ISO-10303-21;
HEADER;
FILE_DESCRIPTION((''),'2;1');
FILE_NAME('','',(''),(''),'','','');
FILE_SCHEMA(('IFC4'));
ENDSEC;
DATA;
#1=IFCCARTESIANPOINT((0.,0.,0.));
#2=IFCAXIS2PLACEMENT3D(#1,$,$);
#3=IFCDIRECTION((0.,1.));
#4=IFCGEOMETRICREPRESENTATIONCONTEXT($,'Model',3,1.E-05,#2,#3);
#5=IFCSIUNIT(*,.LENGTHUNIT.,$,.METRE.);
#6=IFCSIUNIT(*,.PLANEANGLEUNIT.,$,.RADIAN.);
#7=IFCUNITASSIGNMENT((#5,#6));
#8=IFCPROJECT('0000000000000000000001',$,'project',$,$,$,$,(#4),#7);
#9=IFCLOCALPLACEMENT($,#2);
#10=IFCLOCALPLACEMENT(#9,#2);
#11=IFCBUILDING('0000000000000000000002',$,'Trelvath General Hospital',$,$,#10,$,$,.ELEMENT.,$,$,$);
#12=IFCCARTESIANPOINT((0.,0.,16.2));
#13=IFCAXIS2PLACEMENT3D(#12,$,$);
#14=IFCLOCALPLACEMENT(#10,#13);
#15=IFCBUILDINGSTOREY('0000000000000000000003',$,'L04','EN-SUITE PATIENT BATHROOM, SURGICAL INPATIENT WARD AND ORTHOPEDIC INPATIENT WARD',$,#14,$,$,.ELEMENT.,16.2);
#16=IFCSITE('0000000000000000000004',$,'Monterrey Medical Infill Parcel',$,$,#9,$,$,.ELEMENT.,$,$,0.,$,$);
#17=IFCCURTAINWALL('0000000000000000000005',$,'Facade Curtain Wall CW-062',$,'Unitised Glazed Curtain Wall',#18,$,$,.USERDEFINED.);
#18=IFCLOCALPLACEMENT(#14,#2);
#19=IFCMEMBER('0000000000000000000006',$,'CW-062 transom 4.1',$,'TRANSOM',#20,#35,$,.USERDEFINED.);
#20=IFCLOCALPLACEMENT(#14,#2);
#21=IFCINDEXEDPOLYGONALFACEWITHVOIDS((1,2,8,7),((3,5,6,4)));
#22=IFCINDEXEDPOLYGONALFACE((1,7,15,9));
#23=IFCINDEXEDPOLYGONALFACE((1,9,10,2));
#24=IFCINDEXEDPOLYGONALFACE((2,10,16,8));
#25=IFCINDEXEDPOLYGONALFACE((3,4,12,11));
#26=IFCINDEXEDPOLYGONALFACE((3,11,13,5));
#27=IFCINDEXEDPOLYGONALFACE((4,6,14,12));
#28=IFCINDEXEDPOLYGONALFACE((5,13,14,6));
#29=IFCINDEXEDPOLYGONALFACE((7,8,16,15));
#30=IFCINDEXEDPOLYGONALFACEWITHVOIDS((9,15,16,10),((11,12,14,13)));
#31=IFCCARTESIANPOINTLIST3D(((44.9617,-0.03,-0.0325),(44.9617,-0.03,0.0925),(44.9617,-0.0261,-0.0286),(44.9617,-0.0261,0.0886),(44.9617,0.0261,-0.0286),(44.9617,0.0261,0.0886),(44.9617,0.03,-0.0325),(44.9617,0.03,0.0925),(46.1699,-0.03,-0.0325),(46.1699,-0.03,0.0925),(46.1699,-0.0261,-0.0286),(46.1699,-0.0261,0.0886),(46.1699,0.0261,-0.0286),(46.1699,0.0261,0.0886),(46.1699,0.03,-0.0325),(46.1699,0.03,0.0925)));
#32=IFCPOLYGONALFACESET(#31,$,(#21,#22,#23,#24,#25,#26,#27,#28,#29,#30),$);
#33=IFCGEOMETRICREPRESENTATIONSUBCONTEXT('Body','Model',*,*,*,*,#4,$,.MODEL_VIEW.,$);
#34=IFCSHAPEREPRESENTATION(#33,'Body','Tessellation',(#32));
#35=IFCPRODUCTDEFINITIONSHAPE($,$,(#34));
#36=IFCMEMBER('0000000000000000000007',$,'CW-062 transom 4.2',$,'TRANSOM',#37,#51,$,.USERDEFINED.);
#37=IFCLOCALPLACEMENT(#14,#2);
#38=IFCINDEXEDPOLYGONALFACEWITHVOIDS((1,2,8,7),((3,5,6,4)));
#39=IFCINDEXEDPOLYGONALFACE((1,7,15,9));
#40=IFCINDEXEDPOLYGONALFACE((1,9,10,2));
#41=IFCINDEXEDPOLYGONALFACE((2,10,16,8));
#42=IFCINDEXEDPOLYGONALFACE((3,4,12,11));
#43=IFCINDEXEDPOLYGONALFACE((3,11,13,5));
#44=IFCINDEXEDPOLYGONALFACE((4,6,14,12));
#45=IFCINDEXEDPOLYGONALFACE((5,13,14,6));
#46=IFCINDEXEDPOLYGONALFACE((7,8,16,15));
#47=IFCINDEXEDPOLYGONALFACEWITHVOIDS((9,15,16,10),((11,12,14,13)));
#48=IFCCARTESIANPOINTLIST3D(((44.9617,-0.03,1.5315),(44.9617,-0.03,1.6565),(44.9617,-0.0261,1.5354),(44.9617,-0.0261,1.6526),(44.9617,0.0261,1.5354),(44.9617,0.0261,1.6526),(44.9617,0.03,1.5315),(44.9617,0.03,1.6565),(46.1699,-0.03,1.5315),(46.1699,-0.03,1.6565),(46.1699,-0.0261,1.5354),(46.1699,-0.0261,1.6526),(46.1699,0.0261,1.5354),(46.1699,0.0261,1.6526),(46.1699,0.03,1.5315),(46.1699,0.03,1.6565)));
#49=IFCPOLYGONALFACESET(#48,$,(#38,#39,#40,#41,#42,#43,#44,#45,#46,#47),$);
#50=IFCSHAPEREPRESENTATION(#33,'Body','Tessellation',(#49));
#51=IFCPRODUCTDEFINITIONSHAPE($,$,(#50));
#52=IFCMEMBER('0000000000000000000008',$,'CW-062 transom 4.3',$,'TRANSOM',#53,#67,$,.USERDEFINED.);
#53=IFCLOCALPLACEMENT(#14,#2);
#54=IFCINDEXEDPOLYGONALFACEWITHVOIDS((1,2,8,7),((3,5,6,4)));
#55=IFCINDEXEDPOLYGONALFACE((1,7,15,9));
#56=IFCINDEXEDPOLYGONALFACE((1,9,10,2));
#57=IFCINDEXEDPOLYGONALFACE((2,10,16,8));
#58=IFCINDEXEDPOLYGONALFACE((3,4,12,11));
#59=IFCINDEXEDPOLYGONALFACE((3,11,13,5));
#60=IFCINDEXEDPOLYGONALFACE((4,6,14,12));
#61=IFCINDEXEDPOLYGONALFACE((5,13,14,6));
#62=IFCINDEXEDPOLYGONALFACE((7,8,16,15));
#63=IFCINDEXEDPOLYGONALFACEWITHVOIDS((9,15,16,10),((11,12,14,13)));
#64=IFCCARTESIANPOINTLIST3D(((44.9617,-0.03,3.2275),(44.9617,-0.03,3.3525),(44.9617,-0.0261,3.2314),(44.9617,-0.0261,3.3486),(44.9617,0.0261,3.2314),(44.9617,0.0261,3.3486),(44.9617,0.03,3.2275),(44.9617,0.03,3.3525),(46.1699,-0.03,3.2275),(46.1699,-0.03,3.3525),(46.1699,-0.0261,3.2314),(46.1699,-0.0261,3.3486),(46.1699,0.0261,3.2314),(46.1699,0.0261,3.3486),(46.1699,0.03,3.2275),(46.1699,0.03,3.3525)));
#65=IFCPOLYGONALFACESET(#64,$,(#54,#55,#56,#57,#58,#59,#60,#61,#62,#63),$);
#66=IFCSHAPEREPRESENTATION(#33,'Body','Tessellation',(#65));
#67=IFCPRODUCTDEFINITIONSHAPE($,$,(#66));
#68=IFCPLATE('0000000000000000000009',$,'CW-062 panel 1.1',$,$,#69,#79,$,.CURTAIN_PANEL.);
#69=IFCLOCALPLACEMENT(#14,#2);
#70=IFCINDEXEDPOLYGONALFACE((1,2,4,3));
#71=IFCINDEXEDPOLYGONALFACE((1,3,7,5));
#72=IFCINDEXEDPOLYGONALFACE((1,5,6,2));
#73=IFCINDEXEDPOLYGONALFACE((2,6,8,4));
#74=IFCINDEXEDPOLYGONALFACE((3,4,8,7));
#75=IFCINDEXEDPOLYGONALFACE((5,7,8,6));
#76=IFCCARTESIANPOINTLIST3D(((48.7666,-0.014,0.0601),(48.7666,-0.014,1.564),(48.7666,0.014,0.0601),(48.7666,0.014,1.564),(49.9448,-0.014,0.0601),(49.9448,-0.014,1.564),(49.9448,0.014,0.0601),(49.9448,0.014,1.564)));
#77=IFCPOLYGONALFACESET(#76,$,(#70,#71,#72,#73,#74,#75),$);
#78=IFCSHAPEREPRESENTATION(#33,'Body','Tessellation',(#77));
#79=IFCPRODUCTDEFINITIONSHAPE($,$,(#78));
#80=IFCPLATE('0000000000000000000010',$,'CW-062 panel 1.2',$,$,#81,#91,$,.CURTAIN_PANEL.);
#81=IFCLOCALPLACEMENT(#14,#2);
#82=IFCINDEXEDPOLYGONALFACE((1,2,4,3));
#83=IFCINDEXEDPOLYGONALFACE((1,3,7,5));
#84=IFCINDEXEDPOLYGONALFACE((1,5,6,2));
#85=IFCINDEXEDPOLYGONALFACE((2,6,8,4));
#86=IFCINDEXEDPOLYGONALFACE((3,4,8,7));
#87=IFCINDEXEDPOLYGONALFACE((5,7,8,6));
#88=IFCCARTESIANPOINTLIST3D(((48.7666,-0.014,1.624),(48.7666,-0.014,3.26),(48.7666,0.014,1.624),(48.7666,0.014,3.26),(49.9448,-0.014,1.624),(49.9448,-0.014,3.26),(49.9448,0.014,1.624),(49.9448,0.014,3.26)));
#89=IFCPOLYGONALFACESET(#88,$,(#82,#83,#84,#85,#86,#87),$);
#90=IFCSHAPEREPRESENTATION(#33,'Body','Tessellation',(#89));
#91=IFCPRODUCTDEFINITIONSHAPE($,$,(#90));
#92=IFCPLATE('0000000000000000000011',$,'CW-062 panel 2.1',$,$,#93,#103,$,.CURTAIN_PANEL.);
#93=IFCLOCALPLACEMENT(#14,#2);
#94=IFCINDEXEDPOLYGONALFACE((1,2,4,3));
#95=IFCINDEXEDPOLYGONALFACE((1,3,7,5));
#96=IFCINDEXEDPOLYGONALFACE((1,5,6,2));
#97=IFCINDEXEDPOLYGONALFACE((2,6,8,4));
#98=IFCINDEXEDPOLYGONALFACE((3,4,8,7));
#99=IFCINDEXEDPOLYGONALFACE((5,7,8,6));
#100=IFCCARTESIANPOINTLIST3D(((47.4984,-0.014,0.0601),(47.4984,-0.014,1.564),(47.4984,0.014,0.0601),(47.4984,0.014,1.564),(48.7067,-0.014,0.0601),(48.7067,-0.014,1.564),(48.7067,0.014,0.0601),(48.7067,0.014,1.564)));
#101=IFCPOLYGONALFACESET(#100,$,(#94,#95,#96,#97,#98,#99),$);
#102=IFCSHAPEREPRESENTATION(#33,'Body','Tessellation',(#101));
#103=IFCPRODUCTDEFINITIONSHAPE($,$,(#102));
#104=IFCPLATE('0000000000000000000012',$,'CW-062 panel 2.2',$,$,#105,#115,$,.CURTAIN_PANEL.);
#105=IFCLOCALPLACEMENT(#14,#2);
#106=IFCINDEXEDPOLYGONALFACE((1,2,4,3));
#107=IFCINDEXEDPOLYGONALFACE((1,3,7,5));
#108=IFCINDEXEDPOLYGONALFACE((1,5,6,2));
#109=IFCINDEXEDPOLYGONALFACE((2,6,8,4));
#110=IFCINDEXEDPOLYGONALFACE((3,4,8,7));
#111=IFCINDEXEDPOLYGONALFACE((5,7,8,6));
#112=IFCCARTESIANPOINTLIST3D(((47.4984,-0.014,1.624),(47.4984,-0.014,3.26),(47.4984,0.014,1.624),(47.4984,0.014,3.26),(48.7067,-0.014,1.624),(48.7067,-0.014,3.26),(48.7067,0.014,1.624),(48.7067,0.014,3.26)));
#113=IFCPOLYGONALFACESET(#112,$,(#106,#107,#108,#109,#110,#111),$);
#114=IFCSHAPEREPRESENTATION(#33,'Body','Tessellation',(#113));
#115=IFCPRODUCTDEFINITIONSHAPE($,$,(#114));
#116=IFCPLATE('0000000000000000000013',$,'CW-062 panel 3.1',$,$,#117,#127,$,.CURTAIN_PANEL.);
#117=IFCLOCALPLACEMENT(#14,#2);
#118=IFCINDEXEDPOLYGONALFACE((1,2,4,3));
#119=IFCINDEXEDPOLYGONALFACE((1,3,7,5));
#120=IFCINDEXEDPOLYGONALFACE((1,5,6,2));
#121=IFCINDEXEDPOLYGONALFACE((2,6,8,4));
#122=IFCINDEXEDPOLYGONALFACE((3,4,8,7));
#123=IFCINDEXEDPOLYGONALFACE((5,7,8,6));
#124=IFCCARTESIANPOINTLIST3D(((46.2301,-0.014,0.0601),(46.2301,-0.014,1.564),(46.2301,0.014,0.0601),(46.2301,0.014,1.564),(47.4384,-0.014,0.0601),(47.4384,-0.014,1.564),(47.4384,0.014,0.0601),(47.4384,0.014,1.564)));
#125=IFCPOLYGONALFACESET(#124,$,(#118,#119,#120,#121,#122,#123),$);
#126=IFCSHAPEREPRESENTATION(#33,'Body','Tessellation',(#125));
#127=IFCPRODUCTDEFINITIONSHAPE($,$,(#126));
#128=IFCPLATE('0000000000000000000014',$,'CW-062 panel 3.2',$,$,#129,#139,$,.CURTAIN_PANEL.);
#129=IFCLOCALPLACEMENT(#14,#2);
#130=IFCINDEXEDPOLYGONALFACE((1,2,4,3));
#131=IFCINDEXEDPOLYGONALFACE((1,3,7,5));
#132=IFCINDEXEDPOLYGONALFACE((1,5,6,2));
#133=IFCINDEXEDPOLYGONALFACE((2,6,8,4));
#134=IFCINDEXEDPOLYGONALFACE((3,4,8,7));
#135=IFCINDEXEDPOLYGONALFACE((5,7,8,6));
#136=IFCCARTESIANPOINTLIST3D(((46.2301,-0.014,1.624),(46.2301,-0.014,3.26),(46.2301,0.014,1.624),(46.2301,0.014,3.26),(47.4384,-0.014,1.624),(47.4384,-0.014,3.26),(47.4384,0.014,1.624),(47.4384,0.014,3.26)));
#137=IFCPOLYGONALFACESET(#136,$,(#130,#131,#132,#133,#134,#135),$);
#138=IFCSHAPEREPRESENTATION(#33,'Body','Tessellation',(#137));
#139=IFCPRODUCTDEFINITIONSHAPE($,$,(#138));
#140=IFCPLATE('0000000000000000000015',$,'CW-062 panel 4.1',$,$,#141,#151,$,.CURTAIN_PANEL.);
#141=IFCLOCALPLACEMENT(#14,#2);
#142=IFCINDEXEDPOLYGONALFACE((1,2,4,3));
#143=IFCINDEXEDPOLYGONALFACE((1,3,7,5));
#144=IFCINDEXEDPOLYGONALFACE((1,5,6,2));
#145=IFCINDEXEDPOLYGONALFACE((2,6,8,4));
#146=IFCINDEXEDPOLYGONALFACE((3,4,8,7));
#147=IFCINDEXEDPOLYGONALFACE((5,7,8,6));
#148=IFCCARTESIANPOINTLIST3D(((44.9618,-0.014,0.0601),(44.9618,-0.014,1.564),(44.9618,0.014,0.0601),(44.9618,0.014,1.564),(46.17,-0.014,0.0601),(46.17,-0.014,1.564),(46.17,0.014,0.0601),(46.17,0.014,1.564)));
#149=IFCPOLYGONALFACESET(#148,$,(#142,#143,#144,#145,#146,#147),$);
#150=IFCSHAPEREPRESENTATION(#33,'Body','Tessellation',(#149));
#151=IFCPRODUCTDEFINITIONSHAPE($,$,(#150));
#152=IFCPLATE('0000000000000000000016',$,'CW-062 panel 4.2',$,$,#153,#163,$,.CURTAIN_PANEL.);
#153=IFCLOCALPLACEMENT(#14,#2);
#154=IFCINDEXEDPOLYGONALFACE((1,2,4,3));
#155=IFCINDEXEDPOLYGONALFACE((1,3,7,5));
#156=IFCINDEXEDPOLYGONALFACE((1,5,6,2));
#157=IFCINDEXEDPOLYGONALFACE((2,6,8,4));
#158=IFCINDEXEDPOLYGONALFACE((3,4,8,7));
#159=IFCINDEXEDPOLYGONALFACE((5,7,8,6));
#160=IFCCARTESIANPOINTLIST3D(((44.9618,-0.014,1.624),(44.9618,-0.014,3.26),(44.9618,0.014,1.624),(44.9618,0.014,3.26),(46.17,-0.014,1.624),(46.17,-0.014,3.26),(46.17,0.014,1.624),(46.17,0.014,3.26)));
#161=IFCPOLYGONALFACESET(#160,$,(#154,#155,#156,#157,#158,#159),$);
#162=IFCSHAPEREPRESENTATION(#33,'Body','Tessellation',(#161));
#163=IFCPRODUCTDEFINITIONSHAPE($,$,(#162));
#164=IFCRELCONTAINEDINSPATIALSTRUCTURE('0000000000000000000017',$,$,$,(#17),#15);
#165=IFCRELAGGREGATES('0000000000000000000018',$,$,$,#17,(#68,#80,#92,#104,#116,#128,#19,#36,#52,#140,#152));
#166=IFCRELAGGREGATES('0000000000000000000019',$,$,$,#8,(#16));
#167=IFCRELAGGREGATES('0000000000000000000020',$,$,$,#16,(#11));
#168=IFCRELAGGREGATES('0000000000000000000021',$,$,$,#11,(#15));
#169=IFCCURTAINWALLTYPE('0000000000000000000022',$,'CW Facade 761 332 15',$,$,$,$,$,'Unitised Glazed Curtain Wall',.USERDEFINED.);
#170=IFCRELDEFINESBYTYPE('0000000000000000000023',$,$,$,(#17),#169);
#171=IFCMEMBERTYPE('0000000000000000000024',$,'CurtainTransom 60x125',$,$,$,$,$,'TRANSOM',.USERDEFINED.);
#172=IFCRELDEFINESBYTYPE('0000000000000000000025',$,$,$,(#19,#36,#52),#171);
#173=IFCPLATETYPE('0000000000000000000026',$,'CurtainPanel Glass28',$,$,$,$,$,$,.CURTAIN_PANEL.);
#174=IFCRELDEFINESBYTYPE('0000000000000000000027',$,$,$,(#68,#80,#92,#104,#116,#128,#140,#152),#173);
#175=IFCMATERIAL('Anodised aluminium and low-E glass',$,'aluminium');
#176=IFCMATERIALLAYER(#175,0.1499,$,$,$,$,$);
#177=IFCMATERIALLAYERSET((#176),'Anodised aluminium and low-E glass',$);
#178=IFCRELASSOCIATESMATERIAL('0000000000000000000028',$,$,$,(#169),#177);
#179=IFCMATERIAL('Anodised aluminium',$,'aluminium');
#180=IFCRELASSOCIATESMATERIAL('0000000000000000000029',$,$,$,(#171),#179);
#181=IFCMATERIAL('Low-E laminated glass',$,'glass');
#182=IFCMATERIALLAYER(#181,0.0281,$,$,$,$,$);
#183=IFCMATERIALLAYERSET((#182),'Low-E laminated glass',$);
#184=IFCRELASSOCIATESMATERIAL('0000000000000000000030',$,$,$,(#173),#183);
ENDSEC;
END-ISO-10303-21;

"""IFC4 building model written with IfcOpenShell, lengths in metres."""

from ifc_helpers import new_model, si_unit, direction, frame, origin, origin_2d, place, context, subcontext, project, spatial, rectangle, hollow_rectangle, extrude, material, layer, layer_set, material_profile, profile_set, type_object, element, aggregate, save


model = new_model("IFC4")

# Units and contexts
model_context = context("Model", 3, precision=1e-05, world=origin(), true_north=direction((0.0, 1.0)))
body_context = subcontext(model_context, "Body", "Model", "MODEL_VIEW")
ifc_project = project(units=[si_unit("LENGTHUNIT", "METRE"), si_unit("PLANEANGLEUNIT", "RADIAN")], contexts=[model_context])

# Site, building, storey
site_placement = place(None, origin())
site = spatial("IfcSite", under=ifc_project, at=site_placement, Name="Monterrey Medical Infill Parcel", CompositionType="ELEMENT", RefElevation=0.0)
building_placement = place(site_placement, origin())
building = spatial("IfcBuilding", under=site, at=building_placement, Name="Trelvath General Hospital", CompositionType="ELEMENT")
storey_placement = place(building_placement, frame((0.0, 0.0, 16.2)))
storey = spatial("IfcBuildingStorey", under=building, at=storey_placement, Name="L04", Description="EN-SUITE PATIENT BATHROOM, SURGICAL INPATIENT WARD AND ORTHOPEDIC INPATIENT WARD", CompositionType="ELEMENT", Elevation=16.2)

# Curtain wall, members, plates
ifc_material_1 = material(Name="Anodised aluminium and low-E glass", Category="aluminium")
ifc_layer_1 = layer(ifc_material_1, 0.1499)
ifc_layer_set_1 = layer_set([ifc_layer_1], Name="Anodised aluminium and low-E glass")
curtain_wall_type = type_object("IfcCurtainWallType", Name="CW Facade 761 332 15", ElementType="Unitised Glazed Curtain Wall", PredefinedType="USERDEFINED", material=ifc_layer_set_1)
curtain_wall_placement = place(storey_placement, origin())
curtain_wall = element("IfcCurtainWall", 1, at=curtain_wall_placement, inside=storey, type_object=curtain_wall_type, Name="Facade Curtain Wall CW-062", ObjectType="Unitised Glazed Curtain Wall", PredefinedType="USERDEFINED")
ifc_material_2 = material(Name="Anodised aluminium", Category="aluminium")
ifc_material_profile_1 = material_profile(ifc_material_2, hollow_rectangle(XDim=0.0601, YDim=0.125, WallThickness=0.0039, at=origin_2d()), Name="RHS60x125x4")
ifc_profile_set_1 = profile_set([ifc_material_profile_1], Name="Anodised aluminium")
member_type_1 = type_object("IfcMemberType", Name="CurtainTransom 60x125", ElementType="TRANSOM", PredefinedType="USERDEFINED", material=ifc_profile_set_1)
member_1_placement = place(storey_placement, frame((46.1699, 0.0, 0.03), z_axis=(-1.0, 0.0, 0.0), x_axis=(0.0, -1.0, 0.0)))
member_1 = element("IfcMember", 2, at=member_1_placement, type_object=member_type_1, Name="CW-062 transom 4.1", ObjectType="TRANSOM", PredefinedType="USERDEFINED", context=body_context, shape_type="SweptSolid", body=[
    extrude(hollow_rectangle(XDim=0.0601, YDim=0.125, WallThickness=0.0039, at=origin_2d()), origin(), (0.0, 0.0, 1.0), 1.2083),
])
member_2_placement = place(storey_placement, frame((46.1699, 0.0, 1.594), z_axis=(-1.0, 0.0, 0.0), x_axis=(0.0, -1.0, 0.0)))
member_2 = element("IfcMember", 3, at=member_2_placement, type_object=member_type_1, Name="CW-062 transom 4.2", ObjectType="TRANSOM", PredefinedType="USERDEFINED", context=body_context, shape_type="SweptSolid", body=[
    extrude(hollow_rectangle(XDim=0.0601, YDim=0.125, WallThickness=0.0039, at=origin_2d()), origin(), (0.0, 0.0, 1.0), 1.2083),
])
member_3_placement = place(storey_placement, frame((46.1699, 0.0, 3.29), z_axis=(-1.0, 0.0, 0.0), x_axis=(0.0, -1.0, 0.0)))
member_3 = element("IfcMember", 4, at=member_3_placement, type_object=member_type_1, Name="CW-062 transom 4.3", ObjectType="TRANSOM", PredefinedType="USERDEFINED", context=body_context, shape_type="SweptSolid", body=[
    extrude(hollow_rectangle(XDim=0.0601, YDim=0.125, WallThickness=0.0039, at=origin_2d()), origin(), (0.0, 0.0, 1.0), 1.2083),
])
ifc_material_3 = material(Name="Low-E laminated glass", Category="glass")
ifc_layer_2 = layer(ifc_material_3, 0.0281)
ifc_layer_set_2 = layer_set([ifc_layer_2], Name="Low-E laminated glass")
plate_type = type_object("IfcPlateType", Name="CurtainPanel Glass28", PredefinedType="CURTAIN_PANEL", material=ifc_layer_set_2)
plate_1_placement = place(storey_placement, frame((49.3557, 0.0, 0.0601), z_axis=(0.0, 0.0, 1.0), x_axis=(-1.0, 0.0, 0.0)))
plate_1 = element("IfcPlate", 5, at=plate_1_placement, type_object=plate_type, Name="CW-062 panel 1.1", PredefinedType="CURTAIN_PANEL", context=body_context, shape_type="SweptSolid", body=[
    extrude(rectangle(XDim=1.1782, YDim=0.0281, at=origin_2d()), origin(), (0.0, 0.0, 1.0), 1.5039),
])
plate_2_placement = place(storey_placement, frame((49.3557, 0.0, 1.624), z_axis=(0.0, 0.0, 1.0), x_axis=(-1.0, 0.0, 0.0)))
plate_2 = element("IfcPlate", 6, at=plate_2_placement, type_object=plate_type, Name="CW-062 panel 1.2", PredefinedType="CURTAIN_PANEL", context=body_context, shape_type="SweptSolid", body=[
    extrude(rectangle(XDim=1.1782, YDim=0.0281, at=origin_2d()), origin(), (0.0, 0.0, 1.0), 1.636),
])
plate_3_placement = place(storey_placement, frame((48.1025, 0.0, 0.0601), z_axis=(0.0, 0.0, 1.0), x_axis=(-1.0, 0.0, 0.0)))
plate_3 = element("IfcPlate", 7, at=plate_3_placement, type_object=plate_type, Name="CW-062 panel 2.1", PredefinedType="CURTAIN_PANEL", context=body_context, shape_type="SweptSolid", body=[
    extrude(rectangle(XDim=1.2083, YDim=0.0281, at=origin_2d()), origin(), (0.0, 0.0, 1.0), 1.5039),
])
plate_4_placement = place(storey_placement, frame((48.1025, 0.0, 1.624), z_axis=(0.0, 0.0, 1.0), x_axis=(-1.0, 0.0, 0.0)))
plate_4 = element("IfcPlate", 8, at=plate_4_placement, type_object=plate_type, Name="CW-062 panel 2.2", PredefinedType="CURTAIN_PANEL", context=body_context, shape_type="SweptSolid", body=[
    extrude(rectangle(XDim=1.2083, YDim=0.0281, at=origin_2d()), origin(), (0.0, 0.0, 1.0), 1.636),
])
plate_5_placement = place(storey_placement, frame((46.8342, 0.0, 0.0601), z_axis=(0.0, 0.0, 1.0), x_axis=(-1.0, 0.0, 0.0)))
plate_5 = element("IfcPlate", 9, at=plate_5_placement, type_object=plate_type, Name="CW-062 panel 3.1", PredefinedType="CURTAIN_PANEL", context=body_context, shape_type="SweptSolid", body=[
    extrude(rectangle(XDim=1.2083, YDim=0.0281, at=origin_2d()), origin(), (0.0, 0.0, 1.0), 1.5039),
])
plate_6_placement = place(storey_placement, frame((46.8342, 0.0, 1.624), z_axis=(0.0, 0.0, 1.0), x_axis=(-1.0, 0.0, 0.0)))
plate_6 = element("IfcPlate", 10, at=plate_6_placement, type_object=plate_type, Name="CW-062 panel 3.2", PredefinedType="CURTAIN_PANEL", context=body_context, shape_type="SweptSolid", body=[
    extrude(rectangle(XDim=1.2083, YDim=0.0281, at=origin_2d()), origin(), (0.0, 0.0, 1.0), 1.636),
])
plate_7_placement = place(storey_placement, frame((45.5659, 0.0, 0.0601), z_axis=(0.0, 0.0, 1.0), x_axis=(-1.0, 0.0, 0.0)))
plate_7 = element("IfcPlate", 11, at=plate_7_placement, type_object=plate_type, Name="CW-062 panel 4.1", PredefinedType="CURTAIN_PANEL", context=body_context, shape_type="SweptSolid", body=[
    extrude(rectangle(XDim=1.2083, YDim=0.0281, at=origin_2d()), origin(), (0.0, 0.0, 1.0), 1.5039),
])
plate_8_placement = place(storey_placement, frame((45.5659, 0.0, 1.624), z_axis=(0.0, 0.0, 1.0), x_axis=(-1.0, 0.0, 0.0)))
plate_8 = element("IfcPlate", 12, at=plate_8_placement, type_object=plate_type, Name="CW-062 panel 4.2", PredefinedType="CURTAIN_PANEL", context=body_context, shape_type="SweptSolid", body=[
    extrude(rectangle(XDim=1.2083, YDim=0.0281, at=origin_2d()), origin(), (0.0, 0.0, 1.0), 1.636),
])
aggregate(curtain_wall, [plate_1, plate_2, plate_3, plate_4, plate_5, plate_6, member_1, member_2, member_3, plate_7, plate_8])

save(model, "model.ifc")
